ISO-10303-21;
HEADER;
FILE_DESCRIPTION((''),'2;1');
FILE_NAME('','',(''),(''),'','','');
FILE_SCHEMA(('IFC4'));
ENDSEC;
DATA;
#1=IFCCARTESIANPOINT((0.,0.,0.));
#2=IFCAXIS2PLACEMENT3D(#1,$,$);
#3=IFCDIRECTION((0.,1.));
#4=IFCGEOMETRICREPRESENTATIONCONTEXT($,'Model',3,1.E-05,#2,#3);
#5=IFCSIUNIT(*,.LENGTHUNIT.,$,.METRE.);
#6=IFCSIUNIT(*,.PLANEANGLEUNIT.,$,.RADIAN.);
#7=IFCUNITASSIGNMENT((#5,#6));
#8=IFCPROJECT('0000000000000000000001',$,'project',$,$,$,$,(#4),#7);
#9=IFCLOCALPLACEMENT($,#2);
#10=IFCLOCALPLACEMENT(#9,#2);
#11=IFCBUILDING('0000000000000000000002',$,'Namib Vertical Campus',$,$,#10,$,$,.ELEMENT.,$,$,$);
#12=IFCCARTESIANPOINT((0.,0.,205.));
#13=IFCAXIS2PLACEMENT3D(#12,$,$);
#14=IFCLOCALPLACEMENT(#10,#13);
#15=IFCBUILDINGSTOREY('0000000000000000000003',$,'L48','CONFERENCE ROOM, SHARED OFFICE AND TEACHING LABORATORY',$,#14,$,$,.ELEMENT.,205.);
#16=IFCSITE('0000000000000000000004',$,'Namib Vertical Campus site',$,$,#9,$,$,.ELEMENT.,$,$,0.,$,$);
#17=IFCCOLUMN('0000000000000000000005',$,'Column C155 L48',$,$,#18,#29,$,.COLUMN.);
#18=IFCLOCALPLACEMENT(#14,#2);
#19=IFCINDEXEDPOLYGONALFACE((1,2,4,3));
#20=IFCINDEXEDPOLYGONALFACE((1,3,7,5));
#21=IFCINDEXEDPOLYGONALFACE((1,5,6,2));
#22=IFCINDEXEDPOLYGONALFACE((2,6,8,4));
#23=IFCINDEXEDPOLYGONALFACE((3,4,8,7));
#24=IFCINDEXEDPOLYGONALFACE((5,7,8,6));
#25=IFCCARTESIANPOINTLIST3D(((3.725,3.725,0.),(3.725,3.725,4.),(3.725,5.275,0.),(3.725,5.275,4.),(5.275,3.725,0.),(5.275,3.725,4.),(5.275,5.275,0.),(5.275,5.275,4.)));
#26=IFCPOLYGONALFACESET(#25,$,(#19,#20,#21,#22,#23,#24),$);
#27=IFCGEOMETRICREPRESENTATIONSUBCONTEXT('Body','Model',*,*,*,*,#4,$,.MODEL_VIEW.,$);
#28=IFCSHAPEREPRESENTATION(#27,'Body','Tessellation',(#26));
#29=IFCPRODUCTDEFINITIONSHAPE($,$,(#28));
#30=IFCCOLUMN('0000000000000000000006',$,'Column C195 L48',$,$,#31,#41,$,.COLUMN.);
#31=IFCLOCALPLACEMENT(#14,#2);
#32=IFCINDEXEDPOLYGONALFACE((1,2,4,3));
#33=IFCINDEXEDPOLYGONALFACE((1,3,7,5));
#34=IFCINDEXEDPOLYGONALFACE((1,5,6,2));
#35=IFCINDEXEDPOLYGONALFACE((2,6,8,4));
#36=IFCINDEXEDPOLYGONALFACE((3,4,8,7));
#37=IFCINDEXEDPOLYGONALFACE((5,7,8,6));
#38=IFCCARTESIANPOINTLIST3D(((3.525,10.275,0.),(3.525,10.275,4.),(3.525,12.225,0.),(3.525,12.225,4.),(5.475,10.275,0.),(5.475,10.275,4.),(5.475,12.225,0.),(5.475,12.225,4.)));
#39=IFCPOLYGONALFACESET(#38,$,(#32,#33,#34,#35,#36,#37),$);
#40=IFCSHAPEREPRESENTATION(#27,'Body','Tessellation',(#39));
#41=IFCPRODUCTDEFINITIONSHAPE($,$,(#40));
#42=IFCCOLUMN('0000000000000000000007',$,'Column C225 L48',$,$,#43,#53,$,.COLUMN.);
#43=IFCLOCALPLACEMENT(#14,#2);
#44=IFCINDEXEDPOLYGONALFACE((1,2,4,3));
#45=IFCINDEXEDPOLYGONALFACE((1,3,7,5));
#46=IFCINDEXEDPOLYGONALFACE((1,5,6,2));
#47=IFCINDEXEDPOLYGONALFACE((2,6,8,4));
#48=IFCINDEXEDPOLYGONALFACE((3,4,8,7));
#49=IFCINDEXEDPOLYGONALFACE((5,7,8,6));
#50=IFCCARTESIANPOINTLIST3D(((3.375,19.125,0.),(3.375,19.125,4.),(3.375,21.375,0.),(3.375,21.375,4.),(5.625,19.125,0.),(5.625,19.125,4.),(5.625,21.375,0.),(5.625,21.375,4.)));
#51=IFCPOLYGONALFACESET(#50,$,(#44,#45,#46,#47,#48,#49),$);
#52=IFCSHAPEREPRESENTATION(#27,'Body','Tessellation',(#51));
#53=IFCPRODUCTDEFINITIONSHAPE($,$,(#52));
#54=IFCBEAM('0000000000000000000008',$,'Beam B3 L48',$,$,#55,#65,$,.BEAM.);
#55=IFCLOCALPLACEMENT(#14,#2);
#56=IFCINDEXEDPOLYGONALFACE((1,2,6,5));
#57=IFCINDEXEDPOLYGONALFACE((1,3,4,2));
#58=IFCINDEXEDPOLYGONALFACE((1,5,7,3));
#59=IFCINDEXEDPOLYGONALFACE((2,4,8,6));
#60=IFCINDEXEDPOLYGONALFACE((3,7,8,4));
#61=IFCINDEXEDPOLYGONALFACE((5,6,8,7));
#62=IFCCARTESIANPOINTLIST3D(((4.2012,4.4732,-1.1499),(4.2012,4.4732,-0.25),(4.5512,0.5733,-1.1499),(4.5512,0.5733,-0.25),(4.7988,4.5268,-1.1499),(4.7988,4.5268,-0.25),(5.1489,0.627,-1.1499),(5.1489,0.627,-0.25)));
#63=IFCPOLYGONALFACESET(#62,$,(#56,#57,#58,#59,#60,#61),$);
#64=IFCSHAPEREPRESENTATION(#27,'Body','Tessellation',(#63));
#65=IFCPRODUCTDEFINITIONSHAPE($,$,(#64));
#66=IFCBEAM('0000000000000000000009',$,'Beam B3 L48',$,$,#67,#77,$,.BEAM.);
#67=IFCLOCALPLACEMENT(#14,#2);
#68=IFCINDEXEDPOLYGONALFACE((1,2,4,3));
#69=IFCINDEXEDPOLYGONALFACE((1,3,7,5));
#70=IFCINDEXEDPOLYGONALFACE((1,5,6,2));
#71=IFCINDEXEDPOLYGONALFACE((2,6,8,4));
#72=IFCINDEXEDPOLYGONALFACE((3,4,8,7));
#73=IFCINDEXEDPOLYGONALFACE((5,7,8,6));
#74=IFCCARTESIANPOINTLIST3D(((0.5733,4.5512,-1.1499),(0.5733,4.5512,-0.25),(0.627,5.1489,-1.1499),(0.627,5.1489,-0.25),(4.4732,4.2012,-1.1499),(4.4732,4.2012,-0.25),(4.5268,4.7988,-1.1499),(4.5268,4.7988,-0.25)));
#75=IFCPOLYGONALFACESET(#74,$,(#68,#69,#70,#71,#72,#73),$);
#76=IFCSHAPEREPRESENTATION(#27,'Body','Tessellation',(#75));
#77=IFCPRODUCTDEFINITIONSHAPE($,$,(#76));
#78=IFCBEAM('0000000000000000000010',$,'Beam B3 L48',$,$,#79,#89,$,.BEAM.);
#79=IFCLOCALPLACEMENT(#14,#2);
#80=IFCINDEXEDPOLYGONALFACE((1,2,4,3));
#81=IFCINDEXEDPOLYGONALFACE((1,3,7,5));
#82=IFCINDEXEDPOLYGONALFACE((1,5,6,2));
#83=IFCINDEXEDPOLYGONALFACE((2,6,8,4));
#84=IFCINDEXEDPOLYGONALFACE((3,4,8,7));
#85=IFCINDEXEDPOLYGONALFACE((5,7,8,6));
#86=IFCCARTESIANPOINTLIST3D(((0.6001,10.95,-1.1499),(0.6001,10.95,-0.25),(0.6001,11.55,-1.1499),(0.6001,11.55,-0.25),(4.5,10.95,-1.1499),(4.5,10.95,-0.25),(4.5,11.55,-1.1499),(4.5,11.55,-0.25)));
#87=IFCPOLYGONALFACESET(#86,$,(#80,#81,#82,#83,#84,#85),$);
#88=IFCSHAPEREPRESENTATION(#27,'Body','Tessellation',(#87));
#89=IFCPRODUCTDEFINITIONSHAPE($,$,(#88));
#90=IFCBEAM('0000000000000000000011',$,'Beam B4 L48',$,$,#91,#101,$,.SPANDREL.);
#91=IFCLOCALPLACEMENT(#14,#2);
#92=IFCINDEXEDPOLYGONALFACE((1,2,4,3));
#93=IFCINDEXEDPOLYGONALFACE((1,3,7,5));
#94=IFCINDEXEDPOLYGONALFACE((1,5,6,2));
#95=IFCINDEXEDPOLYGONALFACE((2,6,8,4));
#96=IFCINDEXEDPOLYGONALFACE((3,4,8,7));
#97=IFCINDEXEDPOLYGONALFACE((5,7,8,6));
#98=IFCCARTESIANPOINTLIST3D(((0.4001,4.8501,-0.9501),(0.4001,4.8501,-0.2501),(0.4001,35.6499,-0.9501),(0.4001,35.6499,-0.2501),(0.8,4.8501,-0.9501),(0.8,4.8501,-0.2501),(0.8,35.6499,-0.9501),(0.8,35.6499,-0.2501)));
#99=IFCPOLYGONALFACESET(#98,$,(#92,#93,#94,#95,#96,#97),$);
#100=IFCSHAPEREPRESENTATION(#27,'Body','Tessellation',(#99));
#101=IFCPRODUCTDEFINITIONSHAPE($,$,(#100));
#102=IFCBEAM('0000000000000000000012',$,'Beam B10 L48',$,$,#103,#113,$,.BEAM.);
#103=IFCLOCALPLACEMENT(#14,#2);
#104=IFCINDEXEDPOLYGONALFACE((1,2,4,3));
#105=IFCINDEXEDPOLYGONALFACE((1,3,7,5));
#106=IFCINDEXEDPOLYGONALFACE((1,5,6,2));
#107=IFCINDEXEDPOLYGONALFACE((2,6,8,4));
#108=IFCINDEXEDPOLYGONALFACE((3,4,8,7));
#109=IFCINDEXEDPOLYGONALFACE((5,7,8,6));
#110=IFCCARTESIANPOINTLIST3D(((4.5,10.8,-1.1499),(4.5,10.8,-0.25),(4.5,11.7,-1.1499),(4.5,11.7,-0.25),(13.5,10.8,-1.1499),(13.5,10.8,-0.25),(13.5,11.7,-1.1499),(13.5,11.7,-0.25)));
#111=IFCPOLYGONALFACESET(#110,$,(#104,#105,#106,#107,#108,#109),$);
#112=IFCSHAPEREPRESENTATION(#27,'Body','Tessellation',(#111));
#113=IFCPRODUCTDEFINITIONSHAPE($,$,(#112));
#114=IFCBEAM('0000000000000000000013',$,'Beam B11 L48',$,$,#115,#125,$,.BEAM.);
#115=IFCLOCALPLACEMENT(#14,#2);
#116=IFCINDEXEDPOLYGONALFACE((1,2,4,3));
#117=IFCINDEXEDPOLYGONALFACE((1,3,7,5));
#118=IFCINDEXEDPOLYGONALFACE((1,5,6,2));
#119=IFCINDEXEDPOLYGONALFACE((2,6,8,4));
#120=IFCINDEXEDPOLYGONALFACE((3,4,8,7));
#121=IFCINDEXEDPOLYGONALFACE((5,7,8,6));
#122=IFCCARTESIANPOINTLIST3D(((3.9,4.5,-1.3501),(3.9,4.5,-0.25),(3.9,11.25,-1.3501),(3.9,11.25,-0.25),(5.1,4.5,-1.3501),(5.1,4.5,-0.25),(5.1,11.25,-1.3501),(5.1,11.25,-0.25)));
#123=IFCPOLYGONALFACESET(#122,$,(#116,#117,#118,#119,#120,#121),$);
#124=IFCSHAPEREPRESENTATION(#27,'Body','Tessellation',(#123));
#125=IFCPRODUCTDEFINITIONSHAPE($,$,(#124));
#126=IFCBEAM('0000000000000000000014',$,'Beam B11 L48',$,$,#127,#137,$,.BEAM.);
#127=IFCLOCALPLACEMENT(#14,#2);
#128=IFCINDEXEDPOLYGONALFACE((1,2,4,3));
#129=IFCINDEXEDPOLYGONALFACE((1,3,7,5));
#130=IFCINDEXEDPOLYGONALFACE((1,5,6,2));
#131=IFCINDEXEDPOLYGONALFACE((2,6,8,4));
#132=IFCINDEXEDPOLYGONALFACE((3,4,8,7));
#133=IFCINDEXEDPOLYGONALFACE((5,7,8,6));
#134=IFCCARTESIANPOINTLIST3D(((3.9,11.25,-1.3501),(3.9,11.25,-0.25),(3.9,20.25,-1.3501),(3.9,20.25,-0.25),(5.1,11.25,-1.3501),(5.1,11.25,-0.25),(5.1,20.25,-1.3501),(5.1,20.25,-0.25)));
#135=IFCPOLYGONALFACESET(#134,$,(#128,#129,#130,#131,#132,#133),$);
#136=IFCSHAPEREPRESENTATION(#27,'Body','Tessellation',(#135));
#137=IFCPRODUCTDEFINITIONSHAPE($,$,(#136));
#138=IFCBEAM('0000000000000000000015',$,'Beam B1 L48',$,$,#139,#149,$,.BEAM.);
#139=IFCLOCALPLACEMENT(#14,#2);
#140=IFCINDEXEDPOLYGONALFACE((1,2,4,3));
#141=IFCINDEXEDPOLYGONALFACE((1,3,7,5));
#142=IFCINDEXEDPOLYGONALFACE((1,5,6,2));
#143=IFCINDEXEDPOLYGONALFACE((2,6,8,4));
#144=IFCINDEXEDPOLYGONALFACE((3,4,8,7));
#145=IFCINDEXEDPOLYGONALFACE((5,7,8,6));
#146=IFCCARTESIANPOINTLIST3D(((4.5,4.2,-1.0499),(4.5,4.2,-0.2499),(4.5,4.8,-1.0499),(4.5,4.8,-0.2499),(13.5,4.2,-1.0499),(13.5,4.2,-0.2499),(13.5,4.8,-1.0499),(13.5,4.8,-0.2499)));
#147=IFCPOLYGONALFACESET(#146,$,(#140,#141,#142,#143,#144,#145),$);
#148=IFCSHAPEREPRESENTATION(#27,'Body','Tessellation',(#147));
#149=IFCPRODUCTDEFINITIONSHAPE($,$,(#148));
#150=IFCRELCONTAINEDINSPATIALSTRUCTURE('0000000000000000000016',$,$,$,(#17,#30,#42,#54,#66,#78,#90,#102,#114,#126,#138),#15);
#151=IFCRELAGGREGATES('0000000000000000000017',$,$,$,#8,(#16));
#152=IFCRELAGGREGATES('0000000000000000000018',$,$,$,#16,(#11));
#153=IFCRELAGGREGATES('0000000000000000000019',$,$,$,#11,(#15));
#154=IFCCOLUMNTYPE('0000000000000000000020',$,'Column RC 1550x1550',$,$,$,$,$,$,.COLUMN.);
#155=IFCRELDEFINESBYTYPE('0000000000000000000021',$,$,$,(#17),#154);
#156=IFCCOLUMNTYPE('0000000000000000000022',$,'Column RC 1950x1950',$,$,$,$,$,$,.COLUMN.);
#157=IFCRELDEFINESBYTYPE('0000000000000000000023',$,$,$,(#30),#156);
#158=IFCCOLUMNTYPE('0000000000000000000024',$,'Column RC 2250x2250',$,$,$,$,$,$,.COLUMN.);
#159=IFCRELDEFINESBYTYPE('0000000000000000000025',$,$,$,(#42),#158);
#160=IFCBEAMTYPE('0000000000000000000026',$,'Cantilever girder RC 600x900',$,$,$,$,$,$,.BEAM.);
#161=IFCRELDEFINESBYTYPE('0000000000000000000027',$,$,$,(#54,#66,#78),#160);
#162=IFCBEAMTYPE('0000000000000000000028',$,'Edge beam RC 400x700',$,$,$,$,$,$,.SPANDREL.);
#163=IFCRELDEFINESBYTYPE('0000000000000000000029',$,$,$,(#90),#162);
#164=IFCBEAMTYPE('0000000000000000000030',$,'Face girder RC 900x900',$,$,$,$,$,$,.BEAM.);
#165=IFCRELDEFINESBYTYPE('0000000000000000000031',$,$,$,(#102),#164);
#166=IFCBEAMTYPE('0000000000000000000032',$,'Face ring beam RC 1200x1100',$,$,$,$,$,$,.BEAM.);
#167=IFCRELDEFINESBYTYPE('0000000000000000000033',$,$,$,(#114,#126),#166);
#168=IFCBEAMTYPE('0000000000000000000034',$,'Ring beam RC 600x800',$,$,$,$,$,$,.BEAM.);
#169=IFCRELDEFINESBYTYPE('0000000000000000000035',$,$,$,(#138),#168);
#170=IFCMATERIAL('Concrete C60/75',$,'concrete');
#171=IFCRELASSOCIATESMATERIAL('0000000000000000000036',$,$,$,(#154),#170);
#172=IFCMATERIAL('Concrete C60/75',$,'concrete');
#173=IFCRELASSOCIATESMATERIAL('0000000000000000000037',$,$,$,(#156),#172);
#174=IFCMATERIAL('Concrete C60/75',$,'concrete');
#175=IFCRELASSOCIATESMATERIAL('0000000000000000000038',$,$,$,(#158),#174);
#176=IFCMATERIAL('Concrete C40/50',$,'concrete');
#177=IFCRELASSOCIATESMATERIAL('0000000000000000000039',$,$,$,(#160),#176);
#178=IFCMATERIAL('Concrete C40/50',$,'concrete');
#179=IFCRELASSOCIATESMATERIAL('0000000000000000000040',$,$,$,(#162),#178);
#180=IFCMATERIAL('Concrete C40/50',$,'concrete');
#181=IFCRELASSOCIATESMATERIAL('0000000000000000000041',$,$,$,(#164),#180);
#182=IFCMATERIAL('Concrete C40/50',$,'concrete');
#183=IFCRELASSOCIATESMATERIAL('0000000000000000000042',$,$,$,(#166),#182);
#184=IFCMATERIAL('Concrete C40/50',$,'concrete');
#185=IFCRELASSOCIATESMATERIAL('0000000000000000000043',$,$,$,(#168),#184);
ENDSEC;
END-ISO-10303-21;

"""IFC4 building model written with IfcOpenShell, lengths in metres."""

from ifc_helpers import new_model, si_unit, direction, frame, origin, origin_2d, place, context, subcontext, project, spatial, rectangle, extrude, material, material_profile, profile_set, type_object, element, save


model = new_model("IFC4")

# Units and contexts
model_context = context("Model", 3, precision=1e-05, world=origin(), true_north=direction((0.0, 1.0)))
body_context = subcontext(model_context, "Body", "Model", "MODEL_VIEW")
ifc_project = project(units=[si_unit("LENGTHUNIT", "METRE"), si_unit("PLANEANGLEUNIT", "RADIAN")], contexts=[model_context])

# Site, building, storey
site_placement = place(None, origin())
site = spatial("IfcSite", under=ifc_project, at=site_placement, Name="Namib Vertical Campus site", CompositionType="ELEMENT", RefElevation=0.0)
building_placement = place(site_placement, origin())
building = spatial("IfcBuilding", under=site, at=building_placement, Name="Namib Vertical Campus", CompositionType="ELEMENT")
storey_placement = place(building_placement, frame((0.0, 0.0, 205.0)))
storey = spatial("IfcBuildingStorey", under=building, at=storey_placement, Name="L48", Description="CONFERENCE ROOM, SHARED OFFICE AND TEACHING LABORATORY", CompositionType="ELEMENT", Elevation=205.0)

# Columns
ifc_material_1 = material(Name="Concrete C60/75", Category="concrete")
ifc_material_profile_1 = material_profile(ifc_material_1, rectangle(XDim=1.55, YDim=1.55, at=origin_2d()))
ifc_profile_set_1 = profile_set([ifc_material_profile_1], Name="Concrete C60/75")
column_type_1 = type_object("IfcColumnType", Name="Column RC 1550x1550", PredefinedType="COLUMN", material=ifc_profile_set_1)
column_1_placement = place(storey_placement, frame((4.5, 4.5, 0.0), z_axis=(0.0, 0.0, 1.0), x_axis=(1.0, 0.0, 0.0)))
element("IfcColumn", 1, at=column_1_placement, inside=storey, type_object=column_type_1, Name="Column C155 L48", PredefinedType="COLUMN", context=body_context, shape_type="SweptSolid", body=[
    extrude(rectangle(XDim=1.55, YDim=1.55, at=origin_2d()), origin(), (0.0, 0.0, 1.0), 4.0),
])
ifc_material_2 = material(Name="Concrete C60/75", Category="concrete")
ifc_material_profile_2 = material_profile(ifc_material_2, rectangle(XDim=1.95, YDim=1.95, at=origin_2d()))
ifc_profile_set_2 = profile_set([ifc_material_profile_2], Name="Concrete C60/75")
column_type_2 = type_object("IfcColumnType", Name="Column RC 1950x1950", PredefinedType="COLUMN", material=ifc_profile_set_2)
column_2_placement = place(storey_placement, frame((4.5, 11.25, 0.0), z_axis=(0.0, 0.0, 1.0), x_axis=(1.0, 0.0, 0.0)))
element("IfcColumn", 2, at=column_2_placement, inside=storey, type_object=column_type_2, Name="Column C195 L48", PredefinedType="COLUMN", context=body_context, shape_type="SweptSolid", body=[
    extrude(rectangle(XDim=1.95, YDim=1.95, at=origin_2d()), origin(), (0.0, 0.0, 1.0), 4.0),
])
ifc_material_3 = material(Name="Concrete C60/75", Category="concrete")
ifc_material_profile_3 = material_profile(ifc_material_3, rectangle(XDim=2.25, YDim=2.25, at=origin_2d()))
ifc_profile_set_3 = profile_set([ifc_material_profile_3], Name="Concrete C60/75")
column_type_3 = type_object("IfcColumnType", Name="Column RC 2250x2250", PredefinedType="COLUMN", material=ifc_profile_set_3)
column_3_placement = place(storey_placement, frame((4.5, 20.25, 0.0), z_axis=(0.0, 0.0, 1.0), x_axis=(1.0, 0.0, 0.0)))
element("IfcColumn", 3, at=column_3_placement, inside=storey, type_object=column_type_3, Name="Column C225 L48", PredefinedType="COLUMN", context=body_context, shape_type="SweptSolid", body=[
    extrude(rectangle(XDim=2.25, YDim=2.25, at=origin_2d()), origin(), (0.0, 0.0, 1.0), 4.0),
])

# Beams
ifc_material_4 = material(Name="Concrete C40/50", Category="concrete")
ifc_material_profile_4 = material_profile(ifc_material_4, rectangle(XDim=0.6001, YDim=0.8999, at=origin_2d()))
ifc_profile_set_4 = profile_set([ifc_material_profile_4], Name="Concrete C40/50")
beam_type_1 = type_object("IfcBeamType", Name="Cantilever girder RC 600x900", PredefinedType="BEAM", material=ifc_profile_set_4)
for number, where, z_axis, x_axis, name in (
    (4, (4.5, 4.5, -0.7), (0.089411, -0.995995, 0.0), (0.995995, 0.089411, 0.0), "Beam B3 L48"),
    (5, (4.5, 4.5, -0.7), (-0.995995, 0.089411, 0.0), (-0.089411, -0.995995, 0.0), "Beam B3 L48"),
):
    element("IfcBeam", number, at=place(storey_placement, frame(where, z_axis=z_axis, x_axis=x_axis)), inside=storey, type_object=beam_type_1, Name=name, PredefinedType="BEAM", context=body_context, shape_type="SweptSolid", body=[
        extrude(rectangle(XDim=0.6001, YDim=0.8999, at=origin_2d()), origin(), (0.0, 0.0, 1.0), 3.9155),
    ])
beam_1_placement = place(storey_placement, frame((4.5, 11.25, -0.7), z_axis=(-1.0, 0.0, 0.0), x_axis=(0.0, -1.0, 0.0)))
element("IfcBeam", 6, at=beam_1_placement, inside=storey, type_object=beam_type_1, Name="Beam B3 L48", PredefinedType="BEAM", context=body_context, shape_type="SweptSolid", body=[
    extrude(rectangle(XDim=0.6001, YDim=0.8999, at=origin_2d()), origin(), (0.0, 0.0, 1.0), 3.8999),
])
ifc_material_5 = material(Name="Concrete C40/50", Category="concrete")
ifc_material_profile_5 = material_profile(ifc_material_5, rectangle(XDim=0.3999, YDim=0.7, at=origin_2d()))
ifc_profile_set_5 = profile_set([ifc_material_profile_5], Name="Concrete C40/50")
beam_type_2 = type_object("IfcBeamType", Name="Edge beam RC 400x700", PredefinedType="SPANDREL", material=ifc_profile_set_5)
beam_2_placement = place(storey_placement, frame((0.6001, 4.8501, -0.6001), z_axis=(0.0, 1.0, 0.0), x_axis=(-1.0, 0.0, 0.0)))
element("IfcBeam", 7, at=beam_2_placement, inside=storey, type_object=beam_type_2, Name="Beam B4 L48", PredefinedType="SPANDREL", context=body_context, shape_type="SweptSolid", body=[
    extrude(rectangle(XDim=0.3999, YDim=0.7, at=origin_2d()), origin(), (0.0, 0.0, 1.0), 30.7998),
])
ifc_material_6 = material(Name="Concrete C40/50", Category="concrete")
ifc_material_profile_6 = material_profile(ifc_material_6, rectangle(XDim=0.8999, YDim=0.8999, at=origin_2d()))
ifc_profile_set_6 = profile_set([ifc_material_profile_6], Name="Concrete C40/50")
beam_type_3 = type_object("IfcBeamType", Name="Face girder RC 900x900", PredefinedType="BEAM", material=ifc_profile_set_6)
beam_3_placement = place(storey_placement, frame((4.5, 11.25, -0.7), z_axis=(1.0, 0.0, 0.0), x_axis=(0.0, 1.0, 0.0)))
element("IfcBeam", 8, at=beam_3_placement, inside=storey, type_object=beam_type_3, Name="Beam B10 L48", PredefinedType="BEAM", context=body_context, shape_type="SweptSolid", body=[
    extrude(rectangle(XDim=0.8999, YDim=0.8999, at=origin_2d()), origin(), (0.0, 0.0, 1.0), 9.0),
])
ifc_material_7 = material(Name="Concrete C40/50", Category="concrete")
ifc_material_profile_7 = material_profile(ifc_material_7, rectangle(XDim=1.2, YDim=1.1001, at=origin_2d()))
ifc_profile_set_7 = profile_set([ifc_material_profile_7], Name="Concrete C40/50")
beam_type_4 = type_object("IfcBeamType", Name="Face ring beam RC 1200x1100", PredefinedType="BEAM", material=ifc_profile_set_7)
beam_4_placement = place(storey_placement, frame((4.5, 4.5, -0.8), z_axis=(0.0, 1.0, 0.0), x_axis=(-1.0, 0.0, 0.0)))
element("IfcBeam", 9, at=beam_4_placement, inside=storey, type_object=beam_type_4, Name="Beam B11 L48", PredefinedType="BEAM", context=body_context, shape_type="SweptSolid", body=[
    extrude(rectangle(XDim=1.2, YDim=1.1001, at=origin_2d()), origin(), (0.0, 0.0, 1.0), 6.75),
])
beam_5_placement = place(storey_placement, frame((4.5, 11.25, -0.8), z_axis=(0.0, 1.0, 0.0), x_axis=(-1.0, 0.0, 0.0)))
element("IfcBeam", 10, at=beam_5_placement, inside=storey, type_object=beam_type_4, Name="Beam B11 L48", PredefinedType="BEAM", context=body_context, shape_type="SweptSolid", body=[
    extrude(rectangle(XDim=1.2, YDim=1.1001, at=origin_2d()), origin(), (0.0, 0.0, 1.0), 9.0),
])
ifc_material_8 = material(Name="Concrete C40/50", Category="concrete")
ifc_material_profile_8 = material_profile(ifc_material_8, rectangle(XDim=0.6001, YDim=0.8, at=origin_2d()))
ifc_profile_set_8 = profile_set([ifc_material_profile_8], Name="Concrete C40/50")
beam_type_5 = type_object("IfcBeamType", Name="Ring beam RC 600x800", PredefinedType="BEAM", material=ifc_profile_set_8)
beam_6_placement = place(storey_placement, frame((4.5, 4.5, -0.6499), z_axis=(1.0, 0.0, 0.0), x_axis=(0.0, 1.0, 0.0)))
element("IfcBeam", 11, at=beam_6_placement, inside=storey, type_object=beam_type_5, Name="Beam B1 L48", PredefinedType="BEAM", context=body_context, shape_type="SweptSolid", body=[
    extrude(rectangle(XDim=0.6001, YDim=0.8, at=origin_2d()), origin(), (0.0, 0.0, 1.0), 9.0),
])

save(model, "model.ifc")
